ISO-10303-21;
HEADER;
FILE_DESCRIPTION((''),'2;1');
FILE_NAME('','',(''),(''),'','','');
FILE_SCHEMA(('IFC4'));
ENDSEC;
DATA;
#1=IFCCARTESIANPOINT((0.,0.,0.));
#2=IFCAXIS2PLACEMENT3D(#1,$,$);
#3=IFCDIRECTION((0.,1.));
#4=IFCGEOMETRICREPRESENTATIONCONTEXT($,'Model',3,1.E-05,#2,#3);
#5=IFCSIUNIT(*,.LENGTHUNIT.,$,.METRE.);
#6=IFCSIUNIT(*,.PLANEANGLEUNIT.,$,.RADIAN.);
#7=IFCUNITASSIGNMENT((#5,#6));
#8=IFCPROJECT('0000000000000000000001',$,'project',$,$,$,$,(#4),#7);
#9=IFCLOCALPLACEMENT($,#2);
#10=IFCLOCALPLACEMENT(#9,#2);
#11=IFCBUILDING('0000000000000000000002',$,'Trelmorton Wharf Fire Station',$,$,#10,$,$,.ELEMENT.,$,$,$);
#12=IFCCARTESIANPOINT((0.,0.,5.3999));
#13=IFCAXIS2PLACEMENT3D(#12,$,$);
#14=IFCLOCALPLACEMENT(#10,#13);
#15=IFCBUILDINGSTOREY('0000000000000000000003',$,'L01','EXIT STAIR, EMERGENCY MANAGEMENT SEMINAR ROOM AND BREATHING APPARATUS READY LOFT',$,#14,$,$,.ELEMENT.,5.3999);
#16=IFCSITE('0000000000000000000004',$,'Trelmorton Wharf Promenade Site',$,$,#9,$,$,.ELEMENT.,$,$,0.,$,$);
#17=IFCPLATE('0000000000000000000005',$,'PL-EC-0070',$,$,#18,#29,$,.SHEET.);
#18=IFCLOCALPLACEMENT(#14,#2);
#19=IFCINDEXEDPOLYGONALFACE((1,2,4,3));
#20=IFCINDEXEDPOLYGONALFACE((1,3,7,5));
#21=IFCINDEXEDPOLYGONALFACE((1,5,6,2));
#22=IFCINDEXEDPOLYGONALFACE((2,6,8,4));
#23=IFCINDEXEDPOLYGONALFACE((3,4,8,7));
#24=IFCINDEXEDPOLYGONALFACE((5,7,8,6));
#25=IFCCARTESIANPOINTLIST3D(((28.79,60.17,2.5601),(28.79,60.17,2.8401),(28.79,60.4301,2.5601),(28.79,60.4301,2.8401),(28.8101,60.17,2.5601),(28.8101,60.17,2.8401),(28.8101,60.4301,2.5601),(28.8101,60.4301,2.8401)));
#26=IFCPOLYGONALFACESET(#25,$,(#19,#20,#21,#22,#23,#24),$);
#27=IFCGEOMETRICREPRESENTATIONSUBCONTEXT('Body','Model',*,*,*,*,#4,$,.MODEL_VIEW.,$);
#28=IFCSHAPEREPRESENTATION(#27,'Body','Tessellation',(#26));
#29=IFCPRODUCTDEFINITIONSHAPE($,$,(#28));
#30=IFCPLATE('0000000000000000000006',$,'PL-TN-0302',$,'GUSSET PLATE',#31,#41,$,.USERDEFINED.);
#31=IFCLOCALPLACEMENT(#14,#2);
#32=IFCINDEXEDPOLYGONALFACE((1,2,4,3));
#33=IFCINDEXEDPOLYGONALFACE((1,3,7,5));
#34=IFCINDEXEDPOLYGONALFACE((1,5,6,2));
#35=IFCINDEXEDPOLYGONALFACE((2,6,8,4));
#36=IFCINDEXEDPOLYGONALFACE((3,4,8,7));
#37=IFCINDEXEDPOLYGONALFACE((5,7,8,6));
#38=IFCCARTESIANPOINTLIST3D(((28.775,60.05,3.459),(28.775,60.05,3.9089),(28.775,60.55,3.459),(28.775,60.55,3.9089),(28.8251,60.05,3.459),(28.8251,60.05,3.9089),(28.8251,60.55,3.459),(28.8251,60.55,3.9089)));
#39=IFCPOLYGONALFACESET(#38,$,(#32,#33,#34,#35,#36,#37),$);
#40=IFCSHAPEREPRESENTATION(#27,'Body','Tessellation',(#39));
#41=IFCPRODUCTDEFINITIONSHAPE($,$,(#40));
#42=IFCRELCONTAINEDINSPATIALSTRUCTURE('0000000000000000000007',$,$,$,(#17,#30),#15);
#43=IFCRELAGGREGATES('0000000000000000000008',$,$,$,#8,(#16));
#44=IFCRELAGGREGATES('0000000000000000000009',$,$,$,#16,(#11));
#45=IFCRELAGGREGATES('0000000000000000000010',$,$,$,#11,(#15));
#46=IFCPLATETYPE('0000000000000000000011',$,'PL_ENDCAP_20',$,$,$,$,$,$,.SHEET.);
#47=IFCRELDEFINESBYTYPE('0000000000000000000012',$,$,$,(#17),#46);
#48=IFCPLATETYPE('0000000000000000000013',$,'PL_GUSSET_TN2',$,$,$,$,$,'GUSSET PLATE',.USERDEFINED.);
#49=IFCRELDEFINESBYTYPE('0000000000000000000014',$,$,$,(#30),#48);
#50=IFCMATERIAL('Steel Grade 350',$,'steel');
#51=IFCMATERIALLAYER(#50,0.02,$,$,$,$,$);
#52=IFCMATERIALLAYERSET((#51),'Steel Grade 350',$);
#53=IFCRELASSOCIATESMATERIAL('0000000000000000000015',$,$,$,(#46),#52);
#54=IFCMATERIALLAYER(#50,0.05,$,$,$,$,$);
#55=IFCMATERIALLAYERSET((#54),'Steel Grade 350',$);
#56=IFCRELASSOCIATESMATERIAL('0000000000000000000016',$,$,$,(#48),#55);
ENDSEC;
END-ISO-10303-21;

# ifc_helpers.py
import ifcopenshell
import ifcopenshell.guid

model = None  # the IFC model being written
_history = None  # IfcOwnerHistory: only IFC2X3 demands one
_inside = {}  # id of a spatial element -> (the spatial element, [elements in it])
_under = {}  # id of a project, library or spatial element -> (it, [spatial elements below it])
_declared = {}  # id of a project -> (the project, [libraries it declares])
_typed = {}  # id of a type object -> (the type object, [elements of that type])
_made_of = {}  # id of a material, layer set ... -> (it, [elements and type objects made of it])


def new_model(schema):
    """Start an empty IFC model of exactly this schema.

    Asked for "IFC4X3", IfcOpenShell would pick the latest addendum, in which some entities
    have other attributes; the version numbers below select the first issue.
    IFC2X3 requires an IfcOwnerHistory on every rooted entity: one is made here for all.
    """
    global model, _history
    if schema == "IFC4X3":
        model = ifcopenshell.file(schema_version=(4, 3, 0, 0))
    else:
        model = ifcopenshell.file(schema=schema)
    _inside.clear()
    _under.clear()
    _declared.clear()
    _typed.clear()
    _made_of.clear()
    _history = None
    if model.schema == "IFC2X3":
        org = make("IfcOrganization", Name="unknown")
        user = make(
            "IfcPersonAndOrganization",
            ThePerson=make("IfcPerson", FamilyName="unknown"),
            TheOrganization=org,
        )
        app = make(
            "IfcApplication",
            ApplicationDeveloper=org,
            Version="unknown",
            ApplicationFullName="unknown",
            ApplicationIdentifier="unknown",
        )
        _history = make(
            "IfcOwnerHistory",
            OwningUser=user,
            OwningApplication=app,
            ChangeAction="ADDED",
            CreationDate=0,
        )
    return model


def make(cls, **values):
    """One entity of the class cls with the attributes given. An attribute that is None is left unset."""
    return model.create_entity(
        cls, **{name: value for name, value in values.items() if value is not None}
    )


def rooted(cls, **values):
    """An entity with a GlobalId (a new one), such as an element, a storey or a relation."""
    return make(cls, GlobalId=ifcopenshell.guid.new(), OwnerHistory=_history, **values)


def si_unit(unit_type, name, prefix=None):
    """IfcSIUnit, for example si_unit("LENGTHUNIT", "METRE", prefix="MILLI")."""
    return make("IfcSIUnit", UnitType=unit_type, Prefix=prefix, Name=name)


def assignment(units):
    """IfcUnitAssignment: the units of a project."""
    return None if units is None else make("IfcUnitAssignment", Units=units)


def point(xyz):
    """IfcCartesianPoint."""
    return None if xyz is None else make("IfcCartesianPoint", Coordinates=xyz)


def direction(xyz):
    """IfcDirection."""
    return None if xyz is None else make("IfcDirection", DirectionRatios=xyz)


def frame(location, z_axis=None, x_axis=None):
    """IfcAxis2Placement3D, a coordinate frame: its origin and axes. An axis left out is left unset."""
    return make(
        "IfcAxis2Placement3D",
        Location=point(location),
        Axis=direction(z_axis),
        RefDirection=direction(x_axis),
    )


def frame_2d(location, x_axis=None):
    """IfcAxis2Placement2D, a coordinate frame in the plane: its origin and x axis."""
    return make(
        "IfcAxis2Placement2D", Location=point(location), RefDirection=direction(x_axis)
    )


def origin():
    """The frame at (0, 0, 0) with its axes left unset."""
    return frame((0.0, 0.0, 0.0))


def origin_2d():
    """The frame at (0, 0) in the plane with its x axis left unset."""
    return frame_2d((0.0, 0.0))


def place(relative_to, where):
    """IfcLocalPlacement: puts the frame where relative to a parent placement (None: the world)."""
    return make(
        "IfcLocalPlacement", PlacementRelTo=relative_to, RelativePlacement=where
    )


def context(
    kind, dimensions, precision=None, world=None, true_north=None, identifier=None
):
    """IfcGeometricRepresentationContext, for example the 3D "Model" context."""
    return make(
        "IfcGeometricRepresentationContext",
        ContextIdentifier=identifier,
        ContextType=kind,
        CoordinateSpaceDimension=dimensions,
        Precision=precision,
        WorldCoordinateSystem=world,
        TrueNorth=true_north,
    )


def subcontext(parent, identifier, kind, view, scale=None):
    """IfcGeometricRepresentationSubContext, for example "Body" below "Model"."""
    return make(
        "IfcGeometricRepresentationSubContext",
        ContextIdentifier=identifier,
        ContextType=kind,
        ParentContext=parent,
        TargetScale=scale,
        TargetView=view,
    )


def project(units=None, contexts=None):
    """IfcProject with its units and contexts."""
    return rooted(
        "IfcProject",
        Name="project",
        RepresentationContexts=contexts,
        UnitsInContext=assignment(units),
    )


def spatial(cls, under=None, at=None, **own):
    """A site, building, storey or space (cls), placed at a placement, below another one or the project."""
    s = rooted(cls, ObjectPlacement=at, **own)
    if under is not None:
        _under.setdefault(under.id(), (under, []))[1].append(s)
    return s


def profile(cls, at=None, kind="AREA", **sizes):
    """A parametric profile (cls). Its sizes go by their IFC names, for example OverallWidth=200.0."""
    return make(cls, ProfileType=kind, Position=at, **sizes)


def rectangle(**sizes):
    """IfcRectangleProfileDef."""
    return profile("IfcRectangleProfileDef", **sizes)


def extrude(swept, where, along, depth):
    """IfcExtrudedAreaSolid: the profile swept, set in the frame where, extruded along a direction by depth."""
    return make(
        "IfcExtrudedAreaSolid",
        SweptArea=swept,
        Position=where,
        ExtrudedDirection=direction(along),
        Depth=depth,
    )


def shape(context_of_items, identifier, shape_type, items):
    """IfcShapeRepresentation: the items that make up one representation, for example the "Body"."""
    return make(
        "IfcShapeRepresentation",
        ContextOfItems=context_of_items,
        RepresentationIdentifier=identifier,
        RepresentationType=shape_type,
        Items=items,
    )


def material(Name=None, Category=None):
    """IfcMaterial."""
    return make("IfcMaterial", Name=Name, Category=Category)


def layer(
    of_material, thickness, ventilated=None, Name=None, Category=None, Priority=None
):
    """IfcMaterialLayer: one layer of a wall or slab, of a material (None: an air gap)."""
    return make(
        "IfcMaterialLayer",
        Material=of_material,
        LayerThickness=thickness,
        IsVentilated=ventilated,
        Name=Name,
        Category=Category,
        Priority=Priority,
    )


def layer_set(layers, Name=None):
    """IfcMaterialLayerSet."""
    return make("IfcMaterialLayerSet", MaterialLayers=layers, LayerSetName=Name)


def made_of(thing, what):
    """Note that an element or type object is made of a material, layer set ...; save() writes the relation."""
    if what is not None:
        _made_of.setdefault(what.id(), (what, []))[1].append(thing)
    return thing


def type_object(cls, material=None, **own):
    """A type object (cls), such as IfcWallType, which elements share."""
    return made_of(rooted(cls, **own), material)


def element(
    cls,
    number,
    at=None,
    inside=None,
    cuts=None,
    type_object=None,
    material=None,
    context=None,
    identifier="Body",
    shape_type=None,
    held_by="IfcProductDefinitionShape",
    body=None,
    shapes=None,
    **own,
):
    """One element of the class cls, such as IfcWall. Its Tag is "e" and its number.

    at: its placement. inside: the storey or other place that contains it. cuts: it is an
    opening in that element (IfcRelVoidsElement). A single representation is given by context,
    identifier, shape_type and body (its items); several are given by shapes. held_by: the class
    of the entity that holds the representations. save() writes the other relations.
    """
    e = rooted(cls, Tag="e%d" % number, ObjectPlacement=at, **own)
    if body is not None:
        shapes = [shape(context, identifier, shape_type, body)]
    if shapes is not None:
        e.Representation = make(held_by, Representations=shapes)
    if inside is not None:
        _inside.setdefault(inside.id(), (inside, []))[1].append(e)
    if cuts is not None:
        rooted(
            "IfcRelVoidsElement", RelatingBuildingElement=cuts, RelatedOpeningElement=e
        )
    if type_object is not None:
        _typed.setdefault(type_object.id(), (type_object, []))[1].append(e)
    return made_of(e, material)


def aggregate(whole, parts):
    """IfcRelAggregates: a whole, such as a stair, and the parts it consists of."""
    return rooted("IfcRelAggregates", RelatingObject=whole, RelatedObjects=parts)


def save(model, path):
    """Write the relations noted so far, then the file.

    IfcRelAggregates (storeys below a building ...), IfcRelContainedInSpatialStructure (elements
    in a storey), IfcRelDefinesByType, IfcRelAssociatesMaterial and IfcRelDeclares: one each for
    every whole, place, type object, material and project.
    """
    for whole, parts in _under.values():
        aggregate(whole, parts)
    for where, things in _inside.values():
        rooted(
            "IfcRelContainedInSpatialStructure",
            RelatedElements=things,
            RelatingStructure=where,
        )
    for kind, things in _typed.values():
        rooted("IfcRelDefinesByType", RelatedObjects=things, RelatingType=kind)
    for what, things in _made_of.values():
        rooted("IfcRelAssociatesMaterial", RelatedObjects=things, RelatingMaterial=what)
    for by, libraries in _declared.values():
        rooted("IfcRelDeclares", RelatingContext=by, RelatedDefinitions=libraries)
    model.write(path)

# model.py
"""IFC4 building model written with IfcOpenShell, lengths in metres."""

from ifc_helpers import new_model, si_unit, direction, frame, origin, origin_2d, place, context, subcontext, project, spatial, rectangle, extrude, material, layer, layer_set, type_object, element, save


model = new_model("IFC4")

# Units and contexts
model_context = context("Model", 3, precision=1e-05, world=origin(), true_north=direction((0.0, 1.0)))
body_context = subcontext(model_context, "Body", "Model", "MODEL_VIEW")
ifc_project = project(units=[si_unit("LENGTHUNIT", "METRE"), si_unit("PLANEANGLEUNIT", "RADIAN")], contexts=[model_context])

# Site, building, storey
site_placement = place(None, origin())
site = spatial("IfcSite", under=ifc_project, at=site_placement, Name="Trelmorton Wharf Promenade Site", CompositionType="ELEMENT", RefElevation=0.0)
building_placement = place(site_placement, origin())
building = spatial("IfcBuilding", under=site, at=building_placement, Name="Trelmorton Wharf Fire Station", CompositionType="ELEMENT")
storey_placement = place(building_placement, frame((0.0, 0.0, 5.3999)))
storey = spatial("IfcBuildingStorey", under=building, at=storey_placement, Name="L01", Description="EXIT STAIR, EMERGENCY MANAGEMENT SEMINAR ROOM AND BREATHING APPARATUS READY LOFT", CompositionType="ELEMENT", Elevation=5.3999)

# Shared definitions
ifc_material_1 = material(Name="Steel Grade 350", Category="steel")

# Plates
ifc_layer_1 = layer(ifc_material_1, 0.02)
ifc_layer_set_1 = layer_set([ifc_layer_1], Name="Steel Grade 350")
plate_type_1 = type_object("IfcPlateType", Name="PL_ENDCAP_20", PredefinedType="SHEET", material=ifc_layer_set_1)
plate_1_placement = place(storey_placement, frame((28.8, 60.3, 2.5601), z_axis=(0.0, 0.0, 1.0), x_axis=(1.0, 0.0, 0.0)))
element("IfcPlate", 1, at=plate_1_placement, inside=storey, type_object=plate_type_1, Name="PL-EC-0070", PredefinedType="SHEET", context=body_context, shape_type="SweptSolid", body=[
    extrude(rectangle(XDim=0.02, YDim=0.26, at=origin_2d()), origin(), (0.0, 0.0, 1.0), 0.28),
])
ifc_layer_2 = layer(ifc_material_1, 0.05)
ifc_layer_set_2 = layer_set([ifc_layer_2], Name="Steel Grade 350")
plate_type_2 = type_object("IfcPlateType", Name="PL_GUSSET_TN2", ElementType="GUSSET PLATE", PredefinedType="USERDEFINED", material=ifc_layer_set_2)
plate_2_placement = place(storey_placement, frame((28.8, 60.3, 3.459), z_axis=(0.0, 0.0, 1.0), x_axis=(1.0, 0.0, 0.0)))
element("IfcPlate", 2, at=plate_2_placement, inside=storey, type_object=plate_type_2, Name="PL-TN-0302", ObjectType="GUSSET PLATE", PredefinedType="USERDEFINED", context=body_context, shape_type="SweptSolid", body=[
    extrude(rectangle(XDim=0.05, YDim=0.5, at=origin_2d()), origin(), (0.0, 0.0, 1.0), 0.45),
])

save(model, "model.ifc")
